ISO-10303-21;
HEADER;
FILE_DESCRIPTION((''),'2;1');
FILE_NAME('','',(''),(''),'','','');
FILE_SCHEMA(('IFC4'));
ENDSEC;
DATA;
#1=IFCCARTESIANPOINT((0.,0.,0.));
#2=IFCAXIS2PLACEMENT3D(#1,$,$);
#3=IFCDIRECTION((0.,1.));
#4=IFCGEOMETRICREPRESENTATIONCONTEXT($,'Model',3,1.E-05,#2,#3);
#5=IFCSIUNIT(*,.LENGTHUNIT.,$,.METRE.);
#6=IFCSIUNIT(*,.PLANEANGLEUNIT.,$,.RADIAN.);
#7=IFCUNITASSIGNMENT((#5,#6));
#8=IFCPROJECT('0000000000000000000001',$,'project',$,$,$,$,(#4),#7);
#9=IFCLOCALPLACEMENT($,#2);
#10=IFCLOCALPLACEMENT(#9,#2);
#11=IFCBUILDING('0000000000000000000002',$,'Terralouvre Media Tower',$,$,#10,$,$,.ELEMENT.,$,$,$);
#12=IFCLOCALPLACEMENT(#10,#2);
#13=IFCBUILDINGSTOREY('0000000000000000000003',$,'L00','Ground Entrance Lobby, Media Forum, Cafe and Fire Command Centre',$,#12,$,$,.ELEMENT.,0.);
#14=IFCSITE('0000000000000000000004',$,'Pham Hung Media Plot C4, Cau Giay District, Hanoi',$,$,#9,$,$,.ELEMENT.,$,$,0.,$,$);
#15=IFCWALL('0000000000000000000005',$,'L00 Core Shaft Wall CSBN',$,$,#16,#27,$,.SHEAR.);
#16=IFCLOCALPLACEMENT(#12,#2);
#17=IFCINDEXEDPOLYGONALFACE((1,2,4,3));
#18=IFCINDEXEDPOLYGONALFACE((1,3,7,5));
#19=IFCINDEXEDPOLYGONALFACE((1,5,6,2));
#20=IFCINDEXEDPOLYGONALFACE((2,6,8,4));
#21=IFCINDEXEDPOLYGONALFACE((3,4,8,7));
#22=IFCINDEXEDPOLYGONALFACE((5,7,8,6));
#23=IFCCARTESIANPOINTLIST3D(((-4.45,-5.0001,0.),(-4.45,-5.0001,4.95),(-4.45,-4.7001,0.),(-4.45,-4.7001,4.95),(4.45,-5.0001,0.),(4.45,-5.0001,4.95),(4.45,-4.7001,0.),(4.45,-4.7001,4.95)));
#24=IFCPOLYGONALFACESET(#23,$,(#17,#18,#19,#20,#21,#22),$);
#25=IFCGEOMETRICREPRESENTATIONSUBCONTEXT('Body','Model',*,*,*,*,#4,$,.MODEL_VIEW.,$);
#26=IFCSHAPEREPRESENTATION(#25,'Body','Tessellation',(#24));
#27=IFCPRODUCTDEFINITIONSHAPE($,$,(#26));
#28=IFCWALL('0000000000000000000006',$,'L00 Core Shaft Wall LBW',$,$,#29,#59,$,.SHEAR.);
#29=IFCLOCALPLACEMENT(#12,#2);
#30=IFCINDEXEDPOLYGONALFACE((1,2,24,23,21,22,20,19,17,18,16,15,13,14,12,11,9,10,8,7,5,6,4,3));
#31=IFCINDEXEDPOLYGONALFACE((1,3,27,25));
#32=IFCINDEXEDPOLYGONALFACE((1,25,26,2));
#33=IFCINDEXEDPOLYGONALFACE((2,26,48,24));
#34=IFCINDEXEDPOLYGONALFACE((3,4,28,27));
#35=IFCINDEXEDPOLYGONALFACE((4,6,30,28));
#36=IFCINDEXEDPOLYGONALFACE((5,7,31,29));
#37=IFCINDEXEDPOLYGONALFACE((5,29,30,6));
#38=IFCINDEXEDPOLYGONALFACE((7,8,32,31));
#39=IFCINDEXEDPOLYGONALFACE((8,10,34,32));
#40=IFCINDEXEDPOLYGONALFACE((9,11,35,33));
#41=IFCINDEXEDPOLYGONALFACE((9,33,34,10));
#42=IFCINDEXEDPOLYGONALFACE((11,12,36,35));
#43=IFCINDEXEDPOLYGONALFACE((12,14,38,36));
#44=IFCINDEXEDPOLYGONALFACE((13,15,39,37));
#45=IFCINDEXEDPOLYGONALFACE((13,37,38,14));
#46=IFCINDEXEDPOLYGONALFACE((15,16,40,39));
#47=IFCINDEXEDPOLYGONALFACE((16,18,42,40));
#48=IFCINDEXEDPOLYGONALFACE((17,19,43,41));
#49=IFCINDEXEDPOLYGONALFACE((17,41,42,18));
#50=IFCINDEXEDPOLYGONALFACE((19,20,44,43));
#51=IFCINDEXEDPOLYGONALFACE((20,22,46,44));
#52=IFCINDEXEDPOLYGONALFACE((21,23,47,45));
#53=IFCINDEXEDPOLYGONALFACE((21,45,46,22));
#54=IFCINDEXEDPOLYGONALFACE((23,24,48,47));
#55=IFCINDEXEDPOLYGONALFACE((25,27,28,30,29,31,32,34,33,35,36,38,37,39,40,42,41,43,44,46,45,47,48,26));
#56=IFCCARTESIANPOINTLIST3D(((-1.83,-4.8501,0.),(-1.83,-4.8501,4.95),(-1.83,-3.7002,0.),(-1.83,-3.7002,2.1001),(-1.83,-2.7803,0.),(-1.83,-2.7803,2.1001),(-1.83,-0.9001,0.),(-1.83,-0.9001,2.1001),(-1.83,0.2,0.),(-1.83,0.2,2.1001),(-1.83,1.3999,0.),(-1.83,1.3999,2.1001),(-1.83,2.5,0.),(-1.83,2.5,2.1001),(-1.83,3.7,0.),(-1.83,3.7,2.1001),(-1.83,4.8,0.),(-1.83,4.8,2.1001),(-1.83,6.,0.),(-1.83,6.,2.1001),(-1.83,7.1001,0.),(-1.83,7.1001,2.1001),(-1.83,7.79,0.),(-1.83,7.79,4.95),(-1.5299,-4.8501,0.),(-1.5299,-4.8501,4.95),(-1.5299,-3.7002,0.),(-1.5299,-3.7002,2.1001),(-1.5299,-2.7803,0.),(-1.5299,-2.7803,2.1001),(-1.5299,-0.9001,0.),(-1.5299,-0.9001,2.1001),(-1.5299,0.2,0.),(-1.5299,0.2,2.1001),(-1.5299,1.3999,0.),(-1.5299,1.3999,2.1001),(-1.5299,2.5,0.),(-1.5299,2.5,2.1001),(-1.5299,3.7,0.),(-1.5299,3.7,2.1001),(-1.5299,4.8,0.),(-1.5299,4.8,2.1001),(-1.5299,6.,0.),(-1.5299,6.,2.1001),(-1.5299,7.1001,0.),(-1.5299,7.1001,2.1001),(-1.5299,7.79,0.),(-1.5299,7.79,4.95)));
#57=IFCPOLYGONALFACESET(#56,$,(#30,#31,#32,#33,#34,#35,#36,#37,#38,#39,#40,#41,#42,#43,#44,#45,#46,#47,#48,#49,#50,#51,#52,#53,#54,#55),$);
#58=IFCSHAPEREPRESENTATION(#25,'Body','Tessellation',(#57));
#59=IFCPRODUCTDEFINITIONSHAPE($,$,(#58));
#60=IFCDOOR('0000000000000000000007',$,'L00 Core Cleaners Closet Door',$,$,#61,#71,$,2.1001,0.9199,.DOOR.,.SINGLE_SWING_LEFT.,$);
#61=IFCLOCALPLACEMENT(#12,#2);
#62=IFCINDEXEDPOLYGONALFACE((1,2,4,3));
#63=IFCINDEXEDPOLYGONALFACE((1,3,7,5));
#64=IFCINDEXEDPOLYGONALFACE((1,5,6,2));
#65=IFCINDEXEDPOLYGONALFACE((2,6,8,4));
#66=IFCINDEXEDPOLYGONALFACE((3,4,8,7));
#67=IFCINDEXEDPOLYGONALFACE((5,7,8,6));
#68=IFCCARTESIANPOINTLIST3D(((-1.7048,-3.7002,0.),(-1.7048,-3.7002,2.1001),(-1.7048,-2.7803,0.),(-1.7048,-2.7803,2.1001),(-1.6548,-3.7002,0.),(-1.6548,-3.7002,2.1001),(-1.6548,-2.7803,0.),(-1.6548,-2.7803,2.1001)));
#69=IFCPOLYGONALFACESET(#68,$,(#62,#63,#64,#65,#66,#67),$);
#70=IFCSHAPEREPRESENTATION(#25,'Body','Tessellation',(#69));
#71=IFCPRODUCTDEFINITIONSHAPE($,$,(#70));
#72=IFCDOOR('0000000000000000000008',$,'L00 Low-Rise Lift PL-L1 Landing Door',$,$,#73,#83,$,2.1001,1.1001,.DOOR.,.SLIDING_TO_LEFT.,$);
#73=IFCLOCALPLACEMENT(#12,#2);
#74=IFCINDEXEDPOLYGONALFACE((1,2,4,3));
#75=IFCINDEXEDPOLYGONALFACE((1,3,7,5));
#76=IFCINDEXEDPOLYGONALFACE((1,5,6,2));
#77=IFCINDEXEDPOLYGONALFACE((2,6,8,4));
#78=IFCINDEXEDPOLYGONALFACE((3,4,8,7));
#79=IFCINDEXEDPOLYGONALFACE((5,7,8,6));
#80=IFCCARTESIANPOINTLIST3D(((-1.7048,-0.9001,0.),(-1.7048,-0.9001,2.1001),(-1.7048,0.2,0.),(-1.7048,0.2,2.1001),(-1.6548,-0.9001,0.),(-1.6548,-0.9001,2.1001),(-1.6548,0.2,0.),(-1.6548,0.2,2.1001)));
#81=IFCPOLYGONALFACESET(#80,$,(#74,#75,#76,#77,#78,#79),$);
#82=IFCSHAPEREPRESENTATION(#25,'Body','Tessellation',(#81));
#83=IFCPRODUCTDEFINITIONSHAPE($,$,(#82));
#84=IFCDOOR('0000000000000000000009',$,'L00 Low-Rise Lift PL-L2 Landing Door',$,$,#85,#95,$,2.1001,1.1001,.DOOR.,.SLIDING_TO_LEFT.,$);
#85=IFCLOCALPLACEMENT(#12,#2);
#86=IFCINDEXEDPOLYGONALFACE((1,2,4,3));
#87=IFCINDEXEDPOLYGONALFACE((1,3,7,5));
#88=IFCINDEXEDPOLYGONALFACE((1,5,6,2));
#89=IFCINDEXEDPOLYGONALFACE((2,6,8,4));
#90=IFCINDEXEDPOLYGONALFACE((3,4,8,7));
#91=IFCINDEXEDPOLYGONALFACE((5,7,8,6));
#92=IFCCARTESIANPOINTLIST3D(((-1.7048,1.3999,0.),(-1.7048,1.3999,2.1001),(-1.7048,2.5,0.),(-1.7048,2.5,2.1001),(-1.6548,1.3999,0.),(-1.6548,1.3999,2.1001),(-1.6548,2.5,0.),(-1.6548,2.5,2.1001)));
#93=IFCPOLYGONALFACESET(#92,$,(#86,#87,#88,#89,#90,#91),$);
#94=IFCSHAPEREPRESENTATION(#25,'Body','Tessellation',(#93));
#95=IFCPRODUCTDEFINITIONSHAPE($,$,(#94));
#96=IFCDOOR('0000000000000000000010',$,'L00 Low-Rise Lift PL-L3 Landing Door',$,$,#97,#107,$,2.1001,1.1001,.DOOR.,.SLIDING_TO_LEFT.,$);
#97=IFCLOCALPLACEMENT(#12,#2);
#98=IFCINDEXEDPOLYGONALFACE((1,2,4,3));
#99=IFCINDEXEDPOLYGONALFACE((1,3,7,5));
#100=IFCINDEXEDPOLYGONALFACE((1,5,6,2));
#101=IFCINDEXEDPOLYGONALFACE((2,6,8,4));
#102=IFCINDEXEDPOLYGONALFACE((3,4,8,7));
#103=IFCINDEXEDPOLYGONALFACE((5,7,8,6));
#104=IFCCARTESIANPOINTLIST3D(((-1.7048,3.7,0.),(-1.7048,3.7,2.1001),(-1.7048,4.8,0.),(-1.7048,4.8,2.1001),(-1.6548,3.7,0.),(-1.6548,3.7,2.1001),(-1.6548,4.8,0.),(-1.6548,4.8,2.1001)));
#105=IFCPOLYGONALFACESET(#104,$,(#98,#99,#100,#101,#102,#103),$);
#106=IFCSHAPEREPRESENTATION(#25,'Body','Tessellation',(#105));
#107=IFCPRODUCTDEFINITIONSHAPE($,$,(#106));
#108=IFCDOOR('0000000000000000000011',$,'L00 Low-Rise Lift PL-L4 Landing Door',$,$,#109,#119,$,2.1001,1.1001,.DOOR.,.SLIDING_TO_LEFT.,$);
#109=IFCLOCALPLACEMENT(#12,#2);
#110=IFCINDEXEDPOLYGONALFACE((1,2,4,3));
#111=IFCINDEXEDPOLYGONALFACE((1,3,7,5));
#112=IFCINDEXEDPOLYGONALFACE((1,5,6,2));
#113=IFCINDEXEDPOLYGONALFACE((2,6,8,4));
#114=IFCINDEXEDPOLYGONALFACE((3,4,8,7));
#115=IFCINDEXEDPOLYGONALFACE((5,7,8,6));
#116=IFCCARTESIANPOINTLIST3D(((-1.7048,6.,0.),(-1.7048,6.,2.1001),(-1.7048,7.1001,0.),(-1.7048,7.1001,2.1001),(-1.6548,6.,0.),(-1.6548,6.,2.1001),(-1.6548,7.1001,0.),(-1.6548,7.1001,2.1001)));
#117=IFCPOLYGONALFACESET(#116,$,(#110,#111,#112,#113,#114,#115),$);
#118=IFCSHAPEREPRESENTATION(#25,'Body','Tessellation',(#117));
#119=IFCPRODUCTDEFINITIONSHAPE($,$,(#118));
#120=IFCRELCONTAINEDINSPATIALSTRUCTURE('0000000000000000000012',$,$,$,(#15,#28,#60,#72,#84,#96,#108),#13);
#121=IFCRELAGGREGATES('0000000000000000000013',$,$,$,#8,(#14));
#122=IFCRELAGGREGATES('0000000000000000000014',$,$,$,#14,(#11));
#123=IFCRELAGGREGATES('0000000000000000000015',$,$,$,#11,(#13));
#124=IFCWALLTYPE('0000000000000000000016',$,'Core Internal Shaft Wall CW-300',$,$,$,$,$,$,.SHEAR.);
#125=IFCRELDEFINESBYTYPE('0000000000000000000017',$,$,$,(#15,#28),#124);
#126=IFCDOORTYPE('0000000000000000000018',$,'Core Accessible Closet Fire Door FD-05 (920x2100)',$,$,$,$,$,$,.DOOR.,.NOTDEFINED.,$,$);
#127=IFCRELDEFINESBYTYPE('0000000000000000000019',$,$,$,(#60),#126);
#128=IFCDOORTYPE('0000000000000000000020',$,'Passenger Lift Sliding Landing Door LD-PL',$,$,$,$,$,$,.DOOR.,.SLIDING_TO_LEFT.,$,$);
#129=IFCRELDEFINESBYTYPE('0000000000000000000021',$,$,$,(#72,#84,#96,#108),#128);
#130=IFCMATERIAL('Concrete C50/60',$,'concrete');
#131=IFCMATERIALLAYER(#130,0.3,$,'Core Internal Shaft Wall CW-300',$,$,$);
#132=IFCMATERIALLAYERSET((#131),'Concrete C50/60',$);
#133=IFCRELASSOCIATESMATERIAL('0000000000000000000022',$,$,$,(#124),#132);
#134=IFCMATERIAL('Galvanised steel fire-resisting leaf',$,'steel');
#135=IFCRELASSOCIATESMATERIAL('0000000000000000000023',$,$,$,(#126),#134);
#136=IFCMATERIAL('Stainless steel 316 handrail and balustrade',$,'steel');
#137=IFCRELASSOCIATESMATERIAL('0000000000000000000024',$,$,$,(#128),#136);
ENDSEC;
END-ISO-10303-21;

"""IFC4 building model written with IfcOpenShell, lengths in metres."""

from ifc_helpers import new_model, si_unit, direction, frame, frame_2d, origin, place, context, subcontext, project, spatial, rectangle, extrude, material, layer, layer_set, type_object, element, fill, save


model = new_model("IFC4")

# Units and contexts
model_context = context("Model", 3, precision=1e-05, world=origin(), true_north=direction((0.0, 1.0)))
body_context = subcontext(model_context, "Body", "Model", "MODEL_VIEW")
ifc_project = project(units=[si_unit("LENGTHUNIT", "METRE"), si_unit("PLANEANGLEUNIT", "RADIAN")], contexts=[model_context])

# Site, building, storey
site_placement = place(None, origin())
site = spatial("IfcSite", under=ifc_project, at=site_placement, Name="Pham Hung Media Plot C4, Cau Giay District, Hanoi", CompositionType="ELEMENT", RefElevation=0.0)
building_placement = place(site_placement, origin())
building = spatial("IfcBuilding", under=site, at=building_placement, Name="Terralouvre Media Tower", CompositionType="ELEMENT")
storey_placement = place(building_placement, origin())
storey = spatial("IfcBuildingStorey", under=building, at=storey_placement, Name="L00", Description="Ground Entrance Lobby, Media Forum, Cafe and Fire Command Centre", CompositionType="ELEMENT", Elevation=0.0)

# Wall
ifc_material_1 = material(Name="Concrete C50/60", Category="concrete")
ifc_layer_1 = layer(ifc_material_1, 0.3, Name="Core Internal Shaft Wall CW-300")
ifc_layer_set_1 = layer_set([ifc_layer_1], Name="Concrete C50/60")
wall_type_1 = type_object("IfcWallType", Name="Core Internal Shaft Wall CW-300", PredefinedType="SHEAR", material=ifc_layer_set_1)
wall_1_placement = place(storey_placement, frame((-4.45, -4.8501, 0.0), z_axis=(0.0, 0.0, 1.0), x_axis=(1.0, 0.0, 0.0)))
element("IfcWall", 1, at=wall_1_placement, inside=storey, type_object=wall_type_1, Name="L00 Core Shaft Wall CSBN", PredefinedType="SHEAR", context=body_context, shape_type="SweptSolid", body=[
    extrude(rectangle(XDim=8.8999, YDim=0.3, at=frame_2d((4.45, 0.0))), origin(), (0.0, 0.0, 1.0), 4.95),
])

# Wall, openings, doors
wall_2_placement = place(storey_placement, frame((-1.6799, -4.8501, 0.0), z_axis=(0.0, 0.0, 1.0), x_axis=(0.0, 1.0, 0.0)))
wall_2 = element("IfcWall", 2, at=wall_2_placement, inside=storey, type_object=wall_type_1, Name="L00 Core Shaft Wall LBW", PredefinedType="SHEAR", context=body_context, shape_type="SweptSolid", body=[
    extrude(rectangle(XDim=12.6401, YDim=0.3, at=frame_2d((6.3201, 0.0))), origin(), (0.0, 0.0, 1.0), 4.95),
])
opening_1_placement = place(wall_2_placement, frame((3.95, 0.0, 0.0)))
opening_1 = element("IfcOpeningElement", 3, at=opening_1_placement, cuts=wall_2, PredefinedType="OPENING", context=body_context, shape_type="SweptSolid", body=[
    extrude(rectangle(XDim=1.1001, YDim=2.1001, at=frame_2d((0.55, 1.05))), frame((0.0, 0.1599, 0.0), z_axis=(0.0, -1.0, 0.0), x_axis=(1.0, 0.0, 0.0)), (0.0, 0.0, 1.0), 0.3201),
])
opening_2_placement = place(wall_2_placement, frame((6.25, 0.0, 0.0)))
opening_2 = element("IfcOpeningElement", 4, at=opening_2_placement, cuts=wall_2, PredefinedType="OPENING", context=body_context, shape_type="SweptSolid", body=[
    extrude(rectangle(XDim=1.1001, YDim=2.1001, at=frame_2d((0.55, 1.05))), frame((0.0, 0.1599, 0.0), z_axis=(0.0, -1.0, 0.0), x_axis=(1.0, 0.0, 0.0)), (0.0, 0.0, 1.0), 0.3201),
])
opening_3_placement = place(wall_2_placement, frame((8.55, 0.0, 0.0)))
opening_3 = element("IfcOpeningElement", 5, at=opening_3_placement, cuts=wall_2, PredefinedType="OPENING", context=body_context, shape_type="SweptSolid", body=[
    extrude(rectangle(XDim=1.1001, YDim=2.1001, at=frame_2d((0.55, 1.05))), frame((0.0, 0.1599, 0.0), z_axis=(0.0, -1.0, 0.0), x_axis=(1.0, 0.0, 0.0)), (0.0, 0.0, 1.0), 0.3201),
])
opening_4_placement = place(wall_2_placement, frame((10.8501, 0.0, 0.0)))
opening_4 = element("IfcOpeningElement", 6, at=opening_4_placement, cuts=wall_2, PredefinedType="OPENING", context=body_context, shape_type="SweptSolid", body=[
    extrude(rectangle(XDim=1.1001, YDim=2.1001, at=frame_2d((0.55, 1.05))), frame((0.0, 0.1599, 0.0), z_axis=(0.0, -1.0, 0.0), x_axis=(1.0, 0.0, 0.0)), (0.0, 0.0, 1.0), 0.3201),
])
opening_5_placement = place(wall_2_placement, frame((1.1499, 0.0, 0.0)))
opening_5 = element("IfcOpeningElement", 7, at=opening_5_placement, cuts=wall_2, PredefinedType="OPENING", context=body_context, shape_type="SweptSolid", body=[
    extrude(rectangle(XDim=0.9199, YDim=2.1001, at=frame_2d((0.46, 1.05))), frame((0.0, 0.1599, 0.0), z_axis=(0.0, -1.0, 0.0), x_axis=(1.0, 0.0, 0.0)), (0.0, 0.0, 1.0), 0.3201),
])
ifc_material_2 = material(Name="Galvanised steel fire-resisting leaf", Category="steel")
door_type_1 = type_object("IfcDoorType", Name="Core Accessible Closet Fire Door FD-05 (920x2100)", OperationType="NOTDEFINED", PredefinedType="DOOR", material=ifc_material_2)
door_1_placement = place(opening_5_placement, origin())
door_1 = element("IfcDoor", 8, at=door_1_placement, inside=storey, type_object=door_type_1, Name="L00 Core Cleaners Closet Door", OperationType="SINGLE_SWING_LEFT", OverallHeight=2.1001, OverallWidth=0.9199, PredefinedType="DOOR", context=body_context, shape_type="SweptSolid", body=[
    extrude(rectangle(XDim=0.9199, YDim=2.1001, at=frame_2d((0.46, 1.05))), frame((0.0, 0.0249, 0.0), z_axis=(0.0, -1.0, 0.0), x_axis=(1.0, 0.0, 0.0)), (0.0, 0.0, 1.0), 0.05),
])
fill(opening_5, door_1)
ifc_material_3 = material(Name="Stainless steel 316 handrail and balustrade", Category="steel")
door_type_2 = type_object("IfcDoorType", Name="Passenger Lift Sliding Landing Door LD-PL", OperationType="SLIDING_TO_LEFT", PredefinedType="DOOR", material=ifc_material_3)
door_2_placement = place(opening_1_placement, origin())
door_2 = element("IfcDoor", 9, at=door_2_placement, inside=storey, type_object=door_type_2, Name="L00 Low-Rise Lift PL-L1 Landing Door", OperationType="SLIDING_TO_LEFT", OverallHeight=2.1001, OverallWidth=1.1001, PredefinedType="DOOR", context=body_context, shape_type="SweptSolid", body=[
    extrude(rectangle(XDim=1.1001, YDim=2.1001, at=frame_2d((0.55, 1.05))), frame((0.0, 0.0249, 0.0), z_axis=(0.0, -1.0, 0.0), x_axis=(1.0, 0.0, 0.0)), (0.0, 0.0, 1.0), 0.05),
])
fill(opening_1, door_2)
door_3_placement = place(opening_2_placement, origin())
door_3 = element("IfcDoor", 10, at=door_3_placement, inside=storey, type_object=door_type_2, Name="L00 Low-Rise Lift PL-L2 Landing Door", OperationType="SLIDING_TO_LEFT", OverallHeight=2.1001, OverallWidth=1.1001, PredefinedType="DOOR", context=body_context, shape_type="SweptSolid", body=[
    extrude(rectangle(XDim=1.1001, YDim=2.1001, at=frame_2d((0.55, 1.05))), frame((0.0, 0.0249, 0.0), z_axis=(0.0, -1.0, 0.0), x_axis=(1.0, 0.0, 0.0)), (0.0, 0.0, 1.0), 0.05),
])
fill(opening_2, door_3)
door_4_placement = place(opening_3_placement, origin())
door_4 = element("IfcDoor", 11, at=door_4_placement, inside=storey, type_object=door_type_2, Name="L00 Low-Rise Lift PL-L3 Landing Door", OperationType="SLIDING_TO_LEFT", OverallHeight=2.1001, OverallWidth=1.1001, PredefinedType="DOOR", context=body_context, shape_type="SweptSolid", body=[
    extrude(rectangle(XDim=1.1001, YDim=2.1001, at=frame_2d((0.55, 1.05))), frame((0.0, 0.0249, 0.0), z_axis=(0.0, -1.0, 0.0), x_axis=(1.0, 0.0, 0.0)), (0.0, 0.0, 1.0), 0.05),
])
fill(opening_3, door_4)
door_5_placement = place(opening_4_placement, origin())
door_5 = element("IfcDoor", 12, at=door_5_placement, inside=storey, type_object=door_type_2, Name="L00 Low-Rise Lift PL-L4 Landing Door", OperationType="SLIDING_TO_LEFT", OverallHeight=2.1001, OverallWidth=1.1001, PredefinedType="DOOR", context=body_context, shape_type="SweptSolid", body=[
    extrude(rectangle(XDim=1.1001, YDim=2.1001, at=frame_2d((0.55, 1.05))), frame((0.0, 0.0249, 0.0), z_axis=(0.0, -1.0, 0.0), x_axis=(1.0, 0.0, 0.0)), (0.0, 0.0, 1.0), 0.05),
])
fill(opening_4, door_5)

save(model, "model.ifc")
